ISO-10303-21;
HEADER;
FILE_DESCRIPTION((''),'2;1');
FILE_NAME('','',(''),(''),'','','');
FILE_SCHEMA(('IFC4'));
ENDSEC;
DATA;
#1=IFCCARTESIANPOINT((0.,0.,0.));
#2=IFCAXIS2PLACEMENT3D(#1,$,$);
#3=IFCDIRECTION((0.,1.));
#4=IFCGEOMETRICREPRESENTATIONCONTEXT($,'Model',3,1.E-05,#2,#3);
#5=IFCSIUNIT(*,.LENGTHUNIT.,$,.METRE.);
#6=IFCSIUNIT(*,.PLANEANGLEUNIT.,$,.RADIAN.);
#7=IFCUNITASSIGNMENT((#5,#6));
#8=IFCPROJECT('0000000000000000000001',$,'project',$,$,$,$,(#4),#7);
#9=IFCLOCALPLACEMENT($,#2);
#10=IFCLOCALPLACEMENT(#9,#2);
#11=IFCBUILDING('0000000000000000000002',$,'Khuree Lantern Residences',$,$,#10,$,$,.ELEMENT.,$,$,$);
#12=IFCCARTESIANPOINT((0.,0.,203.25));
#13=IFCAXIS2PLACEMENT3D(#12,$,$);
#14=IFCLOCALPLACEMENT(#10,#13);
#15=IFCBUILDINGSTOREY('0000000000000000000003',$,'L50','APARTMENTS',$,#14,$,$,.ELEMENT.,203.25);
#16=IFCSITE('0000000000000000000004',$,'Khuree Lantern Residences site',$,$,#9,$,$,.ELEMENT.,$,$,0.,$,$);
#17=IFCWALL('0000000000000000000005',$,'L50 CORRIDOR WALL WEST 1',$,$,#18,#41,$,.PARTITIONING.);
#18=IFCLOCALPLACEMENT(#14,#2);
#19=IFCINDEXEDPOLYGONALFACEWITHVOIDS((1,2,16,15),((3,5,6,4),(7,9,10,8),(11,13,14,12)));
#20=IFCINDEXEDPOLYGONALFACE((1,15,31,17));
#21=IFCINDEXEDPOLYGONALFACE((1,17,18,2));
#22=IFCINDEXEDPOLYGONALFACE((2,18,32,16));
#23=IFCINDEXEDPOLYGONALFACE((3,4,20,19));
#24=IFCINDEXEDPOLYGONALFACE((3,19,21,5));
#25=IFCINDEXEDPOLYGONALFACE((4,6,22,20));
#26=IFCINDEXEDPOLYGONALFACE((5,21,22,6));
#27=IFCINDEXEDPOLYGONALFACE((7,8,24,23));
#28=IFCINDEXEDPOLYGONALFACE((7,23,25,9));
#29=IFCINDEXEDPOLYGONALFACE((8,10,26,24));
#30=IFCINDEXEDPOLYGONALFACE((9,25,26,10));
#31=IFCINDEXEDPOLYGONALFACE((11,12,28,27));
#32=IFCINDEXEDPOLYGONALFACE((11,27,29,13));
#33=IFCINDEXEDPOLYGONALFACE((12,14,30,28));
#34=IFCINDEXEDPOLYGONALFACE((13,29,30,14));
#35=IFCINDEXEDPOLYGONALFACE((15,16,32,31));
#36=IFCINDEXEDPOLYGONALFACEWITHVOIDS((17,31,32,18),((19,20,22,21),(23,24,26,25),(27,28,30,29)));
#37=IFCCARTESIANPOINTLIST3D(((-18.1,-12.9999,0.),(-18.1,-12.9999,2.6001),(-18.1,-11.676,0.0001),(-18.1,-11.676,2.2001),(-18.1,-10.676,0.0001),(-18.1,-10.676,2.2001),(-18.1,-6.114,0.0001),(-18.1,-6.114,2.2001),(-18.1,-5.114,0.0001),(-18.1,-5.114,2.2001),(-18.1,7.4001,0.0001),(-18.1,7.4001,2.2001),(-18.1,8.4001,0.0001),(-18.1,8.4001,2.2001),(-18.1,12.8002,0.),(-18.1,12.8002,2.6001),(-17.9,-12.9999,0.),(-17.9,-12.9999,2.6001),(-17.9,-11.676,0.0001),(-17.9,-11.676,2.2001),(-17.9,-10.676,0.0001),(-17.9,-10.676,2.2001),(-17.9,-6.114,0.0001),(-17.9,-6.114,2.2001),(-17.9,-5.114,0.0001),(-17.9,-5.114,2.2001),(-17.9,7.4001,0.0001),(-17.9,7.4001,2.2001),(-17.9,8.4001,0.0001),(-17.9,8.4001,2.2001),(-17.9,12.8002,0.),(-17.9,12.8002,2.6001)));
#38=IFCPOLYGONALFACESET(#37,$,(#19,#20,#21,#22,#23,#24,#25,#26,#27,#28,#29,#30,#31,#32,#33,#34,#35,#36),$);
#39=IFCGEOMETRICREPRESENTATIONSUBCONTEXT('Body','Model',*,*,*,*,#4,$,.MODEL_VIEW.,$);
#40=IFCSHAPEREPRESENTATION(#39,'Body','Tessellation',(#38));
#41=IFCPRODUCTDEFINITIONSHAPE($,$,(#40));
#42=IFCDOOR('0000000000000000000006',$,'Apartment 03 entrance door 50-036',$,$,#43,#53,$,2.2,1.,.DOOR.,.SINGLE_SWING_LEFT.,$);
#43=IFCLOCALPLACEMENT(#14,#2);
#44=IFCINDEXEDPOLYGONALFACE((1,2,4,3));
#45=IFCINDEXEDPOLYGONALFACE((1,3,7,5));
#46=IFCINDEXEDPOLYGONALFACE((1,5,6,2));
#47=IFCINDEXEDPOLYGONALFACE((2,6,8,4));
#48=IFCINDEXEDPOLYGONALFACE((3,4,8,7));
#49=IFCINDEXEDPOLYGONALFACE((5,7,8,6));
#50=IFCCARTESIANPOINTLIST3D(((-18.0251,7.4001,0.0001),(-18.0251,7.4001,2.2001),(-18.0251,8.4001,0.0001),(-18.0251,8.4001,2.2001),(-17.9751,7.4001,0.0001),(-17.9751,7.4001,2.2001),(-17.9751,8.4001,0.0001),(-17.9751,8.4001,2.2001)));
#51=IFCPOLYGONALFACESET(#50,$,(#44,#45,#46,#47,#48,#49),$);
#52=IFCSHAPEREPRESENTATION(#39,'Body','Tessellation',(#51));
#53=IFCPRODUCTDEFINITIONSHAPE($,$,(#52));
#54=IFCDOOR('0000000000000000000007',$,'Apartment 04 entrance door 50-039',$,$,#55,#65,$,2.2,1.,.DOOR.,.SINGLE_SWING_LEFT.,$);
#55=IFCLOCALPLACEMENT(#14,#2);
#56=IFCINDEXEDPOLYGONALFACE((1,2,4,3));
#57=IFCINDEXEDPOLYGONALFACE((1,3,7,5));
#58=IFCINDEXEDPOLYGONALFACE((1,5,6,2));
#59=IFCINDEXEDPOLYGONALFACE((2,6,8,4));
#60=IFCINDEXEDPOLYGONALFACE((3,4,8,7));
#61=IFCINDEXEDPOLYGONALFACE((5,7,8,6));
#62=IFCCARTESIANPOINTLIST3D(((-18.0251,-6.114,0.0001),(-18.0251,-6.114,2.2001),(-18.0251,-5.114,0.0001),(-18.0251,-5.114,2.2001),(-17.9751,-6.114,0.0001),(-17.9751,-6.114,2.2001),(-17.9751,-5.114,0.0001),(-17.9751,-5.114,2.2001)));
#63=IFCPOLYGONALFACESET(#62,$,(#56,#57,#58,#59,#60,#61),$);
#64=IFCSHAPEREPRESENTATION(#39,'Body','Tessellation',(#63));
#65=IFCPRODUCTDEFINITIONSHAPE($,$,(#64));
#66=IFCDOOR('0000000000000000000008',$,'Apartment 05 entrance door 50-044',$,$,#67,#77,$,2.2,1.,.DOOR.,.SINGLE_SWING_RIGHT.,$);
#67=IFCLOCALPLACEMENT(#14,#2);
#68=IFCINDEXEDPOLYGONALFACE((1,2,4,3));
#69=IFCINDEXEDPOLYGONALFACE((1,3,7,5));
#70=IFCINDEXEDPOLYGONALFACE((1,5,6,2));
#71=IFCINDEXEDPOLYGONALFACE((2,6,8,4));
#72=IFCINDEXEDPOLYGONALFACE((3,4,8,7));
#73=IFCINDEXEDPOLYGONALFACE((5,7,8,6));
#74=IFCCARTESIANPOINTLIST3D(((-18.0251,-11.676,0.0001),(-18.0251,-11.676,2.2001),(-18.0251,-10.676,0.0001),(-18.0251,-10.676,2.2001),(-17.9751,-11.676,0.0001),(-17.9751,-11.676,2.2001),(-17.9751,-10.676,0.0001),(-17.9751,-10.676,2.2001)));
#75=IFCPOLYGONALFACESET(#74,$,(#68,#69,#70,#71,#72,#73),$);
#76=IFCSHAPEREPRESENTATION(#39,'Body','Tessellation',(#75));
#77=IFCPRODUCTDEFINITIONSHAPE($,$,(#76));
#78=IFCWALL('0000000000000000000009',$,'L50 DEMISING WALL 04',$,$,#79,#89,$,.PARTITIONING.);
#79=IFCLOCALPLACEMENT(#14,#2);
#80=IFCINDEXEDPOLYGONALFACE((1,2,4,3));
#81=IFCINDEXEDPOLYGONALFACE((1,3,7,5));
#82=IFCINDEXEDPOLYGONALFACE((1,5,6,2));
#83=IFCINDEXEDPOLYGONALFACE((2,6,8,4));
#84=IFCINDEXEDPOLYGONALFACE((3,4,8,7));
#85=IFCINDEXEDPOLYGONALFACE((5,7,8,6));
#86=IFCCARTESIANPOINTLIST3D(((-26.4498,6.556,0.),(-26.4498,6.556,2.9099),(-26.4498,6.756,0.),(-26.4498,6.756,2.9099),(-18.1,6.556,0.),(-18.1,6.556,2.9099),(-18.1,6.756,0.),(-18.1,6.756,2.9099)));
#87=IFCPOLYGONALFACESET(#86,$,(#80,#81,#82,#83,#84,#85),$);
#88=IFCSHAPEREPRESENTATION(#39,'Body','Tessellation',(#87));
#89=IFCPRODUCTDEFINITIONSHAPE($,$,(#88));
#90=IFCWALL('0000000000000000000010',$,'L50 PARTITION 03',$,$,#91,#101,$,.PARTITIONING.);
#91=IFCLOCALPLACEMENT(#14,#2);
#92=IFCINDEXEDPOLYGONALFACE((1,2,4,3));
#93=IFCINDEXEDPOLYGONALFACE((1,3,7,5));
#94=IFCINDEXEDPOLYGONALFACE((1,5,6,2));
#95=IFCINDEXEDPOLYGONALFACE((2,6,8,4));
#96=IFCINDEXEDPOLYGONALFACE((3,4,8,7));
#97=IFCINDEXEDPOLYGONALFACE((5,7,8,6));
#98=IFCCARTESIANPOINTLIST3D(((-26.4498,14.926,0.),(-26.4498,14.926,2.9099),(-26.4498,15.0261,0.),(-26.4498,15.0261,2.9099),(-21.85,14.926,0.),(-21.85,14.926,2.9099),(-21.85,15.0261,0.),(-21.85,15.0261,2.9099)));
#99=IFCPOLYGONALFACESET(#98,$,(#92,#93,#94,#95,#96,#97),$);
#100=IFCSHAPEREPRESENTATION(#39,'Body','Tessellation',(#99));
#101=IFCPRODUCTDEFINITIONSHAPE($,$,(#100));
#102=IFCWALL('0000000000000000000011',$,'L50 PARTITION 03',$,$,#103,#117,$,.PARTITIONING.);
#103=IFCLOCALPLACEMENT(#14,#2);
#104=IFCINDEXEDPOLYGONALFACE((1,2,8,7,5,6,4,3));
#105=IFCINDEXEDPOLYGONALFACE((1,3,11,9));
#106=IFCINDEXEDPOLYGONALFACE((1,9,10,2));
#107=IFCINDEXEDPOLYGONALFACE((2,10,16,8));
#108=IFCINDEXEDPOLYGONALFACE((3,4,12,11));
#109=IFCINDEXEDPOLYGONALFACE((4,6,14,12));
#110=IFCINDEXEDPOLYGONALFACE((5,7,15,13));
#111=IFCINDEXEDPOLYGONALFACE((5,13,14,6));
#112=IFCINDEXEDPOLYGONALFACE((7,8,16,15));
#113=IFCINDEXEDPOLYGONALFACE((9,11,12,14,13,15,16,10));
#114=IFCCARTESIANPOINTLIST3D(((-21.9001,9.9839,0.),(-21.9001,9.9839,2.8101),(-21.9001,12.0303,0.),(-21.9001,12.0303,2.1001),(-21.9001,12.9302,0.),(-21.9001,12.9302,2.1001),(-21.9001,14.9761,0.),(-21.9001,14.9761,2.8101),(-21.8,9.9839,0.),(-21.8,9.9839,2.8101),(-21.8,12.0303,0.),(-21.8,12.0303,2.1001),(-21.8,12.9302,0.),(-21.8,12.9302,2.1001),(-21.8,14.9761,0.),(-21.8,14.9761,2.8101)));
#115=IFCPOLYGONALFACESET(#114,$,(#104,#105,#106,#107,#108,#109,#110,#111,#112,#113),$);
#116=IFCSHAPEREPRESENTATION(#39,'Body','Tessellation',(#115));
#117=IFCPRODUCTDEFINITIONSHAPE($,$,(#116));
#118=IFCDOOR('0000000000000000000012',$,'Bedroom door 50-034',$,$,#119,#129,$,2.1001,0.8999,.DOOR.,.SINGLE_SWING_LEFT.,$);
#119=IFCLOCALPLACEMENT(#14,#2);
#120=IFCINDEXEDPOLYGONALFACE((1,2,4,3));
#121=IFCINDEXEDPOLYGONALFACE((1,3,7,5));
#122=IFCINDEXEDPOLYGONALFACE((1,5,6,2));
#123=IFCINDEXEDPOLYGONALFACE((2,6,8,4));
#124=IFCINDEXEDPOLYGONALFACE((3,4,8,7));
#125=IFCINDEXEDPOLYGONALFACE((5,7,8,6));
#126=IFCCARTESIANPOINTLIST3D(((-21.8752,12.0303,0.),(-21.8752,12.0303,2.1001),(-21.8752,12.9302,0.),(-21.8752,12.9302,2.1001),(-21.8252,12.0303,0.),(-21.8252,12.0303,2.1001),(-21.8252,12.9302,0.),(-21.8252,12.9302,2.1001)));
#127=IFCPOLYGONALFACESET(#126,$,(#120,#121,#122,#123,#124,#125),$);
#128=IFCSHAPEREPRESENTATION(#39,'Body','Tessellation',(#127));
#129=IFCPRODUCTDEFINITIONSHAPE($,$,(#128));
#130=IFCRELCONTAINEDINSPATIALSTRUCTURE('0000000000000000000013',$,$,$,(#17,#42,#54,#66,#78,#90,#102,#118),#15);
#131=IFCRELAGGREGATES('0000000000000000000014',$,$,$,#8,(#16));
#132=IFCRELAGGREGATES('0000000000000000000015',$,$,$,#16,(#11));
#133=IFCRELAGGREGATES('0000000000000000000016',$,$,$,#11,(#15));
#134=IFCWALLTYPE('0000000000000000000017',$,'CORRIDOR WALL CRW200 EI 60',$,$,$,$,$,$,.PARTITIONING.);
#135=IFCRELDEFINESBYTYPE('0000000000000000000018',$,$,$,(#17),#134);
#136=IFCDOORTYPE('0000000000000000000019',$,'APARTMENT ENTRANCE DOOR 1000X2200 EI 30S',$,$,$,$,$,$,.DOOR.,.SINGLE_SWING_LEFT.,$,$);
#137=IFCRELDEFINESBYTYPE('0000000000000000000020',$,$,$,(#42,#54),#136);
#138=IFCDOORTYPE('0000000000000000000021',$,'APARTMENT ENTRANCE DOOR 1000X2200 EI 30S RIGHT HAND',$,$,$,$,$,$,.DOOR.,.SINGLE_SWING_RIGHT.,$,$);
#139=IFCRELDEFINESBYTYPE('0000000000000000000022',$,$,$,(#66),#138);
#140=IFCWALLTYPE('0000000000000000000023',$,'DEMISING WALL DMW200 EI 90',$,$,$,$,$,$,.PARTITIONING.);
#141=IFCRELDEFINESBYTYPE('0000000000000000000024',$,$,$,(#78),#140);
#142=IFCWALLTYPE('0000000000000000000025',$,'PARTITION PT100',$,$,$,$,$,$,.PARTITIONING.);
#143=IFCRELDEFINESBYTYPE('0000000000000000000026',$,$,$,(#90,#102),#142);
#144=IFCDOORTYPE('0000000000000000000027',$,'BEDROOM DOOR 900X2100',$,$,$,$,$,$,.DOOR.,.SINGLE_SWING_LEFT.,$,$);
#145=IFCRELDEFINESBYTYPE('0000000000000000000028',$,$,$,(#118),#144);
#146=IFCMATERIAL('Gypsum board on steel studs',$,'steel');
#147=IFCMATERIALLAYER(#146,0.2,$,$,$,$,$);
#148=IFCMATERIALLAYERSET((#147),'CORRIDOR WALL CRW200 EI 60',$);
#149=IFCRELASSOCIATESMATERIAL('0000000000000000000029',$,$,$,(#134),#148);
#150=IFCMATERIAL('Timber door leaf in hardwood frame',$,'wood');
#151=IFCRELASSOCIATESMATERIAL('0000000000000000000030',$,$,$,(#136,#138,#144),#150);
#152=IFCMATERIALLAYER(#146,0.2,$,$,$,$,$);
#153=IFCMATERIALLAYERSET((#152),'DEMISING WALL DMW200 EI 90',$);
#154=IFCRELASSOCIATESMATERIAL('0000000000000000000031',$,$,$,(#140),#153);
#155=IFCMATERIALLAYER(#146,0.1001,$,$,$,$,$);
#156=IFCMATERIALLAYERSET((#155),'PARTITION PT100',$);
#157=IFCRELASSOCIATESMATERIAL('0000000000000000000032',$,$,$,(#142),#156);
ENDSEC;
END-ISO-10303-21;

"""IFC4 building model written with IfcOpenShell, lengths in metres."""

from ifc_helpers import new_model, si_unit, direction, frame, frame_2d, origin, place, context, subcontext, project, spatial, rectangle, extrude, material, layer, layer_set, type_object, element, fill, save


model = new_model("IFC4")

# Units and contexts
model_context = context("Model", 3, precision=1e-05, world=origin(), true_north=direction((0.0, 1.0)))
body_context = subcontext(model_context, "Body", "Model", "MODEL_VIEW")
ifc_project = project(units=[si_unit("LENGTHUNIT", "METRE"), si_unit("PLANEANGLEUNIT", "RADIAN")], contexts=[model_context])

# Site, building, storey
site_placement = place(None, origin())
site = spatial("IfcSite", under=ifc_project, at=site_placement, Name="Khuree Lantern Residences site", CompositionType="ELEMENT", RefElevation=0.0)
building_placement = place(site_placement, origin())
building = spatial("IfcBuilding", under=site, at=building_placement, Name="Khuree Lantern Residences", CompositionType="ELEMENT")
storey_placement = place(building_placement, frame((0.0, 0.0, 203.25)))
storey = spatial("IfcBuildingStorey", under=building, at=storey_placement, Name="L50", Description="APARTMENTS", CompositionType="ELEMENT", Elevation=203.25)

# Shared definitions
ifc_material_1 = material(Name="Timber door leaf in hardwood frame", Category="wood")

# Shared definitions
ifc_material_2 = material(Name="Gypsum board on steel studs", Category="steel")
ifc_layer_1 = layer(ifc_material_2, 0.2)
ifc_layer_set_1 = layer_set([ifc_layer_1], Name="CORRIDOR WALL CRW200 EI 60")
wall_type_1 = type_object("IfcWallType", Name="CORRIDOR WALL CRW200 EI 60", PredefinedType="PARTITIONING", material=ifc_layer_set_1)

# Wall, openings, doors
wall_1_placement = place(storey_placement, frame((-18.0, 12.8, 0.0), z_axis=(0.0, 0.0, 1.0), x_axis=(0.0, -1.0, 0.0)))
wall_1 = element("IfcWall", 1, at=wall_1_placement, inside=storey, type_object=wall_type_1, Name="L50 CORRIDOR WALL WEST 1", PredefinedType="PARTITIONING", context=body_context, shape_type="SweptSolid", body=[
    extrude(rectangle(XDim=25.8, YDim=0.2, at=frame_2d((12.8999, 0.0))), origin(), (0.0, 0.0, 1.0), 2.6001),
])
opening_1_placement = place(wall_1_placement, frame((4.3999, 0.0, 0.0)))
opening_1 = element("IfcOpeningElement", 2, at=opening_1_placement, cuts=wall_1, PredefinedType="OPENING", context=body_context, shape_type="SweptSolid", body=[
    extrude(rectangle(XDim=1.0, YDim=2.2, at=frame_2d((0.5, 1.1001))), frame((0.0, 0.1099, 0.0), z_axis=(0.0, -1.0, 0.0), x_axis=(1.0, 0.0, 0.0)), (0.0, 0.0, 1.0), 0.22),
])
opening_2_placement = place(wall_1_placement, frame((17.9141, 0.0, 0.0)))
opening_2 = element("IfcOpeningElement", 3, at=opening_2_placement, cuts=wall_1, PredefinedType="OPENING", context=body_context, shape_type="SweptSolid", body=[
    extrude(rectangle(XDim=1.0, YDim=2.2, at=frame_2d((0.5, 1.1001))), frame((0.0, 0.1099, 0.0), z_axis=(0.0, -1.0, 0.0), x_axis=(1.0, 0.0, 0.0)), (0.0, 0.0, 1.0), 0.22),
])
opening_3_placement = place(wall_1_placement, frame((23.4761, 0.0, 0.0)))
opening_3 = element("IfcOpeningElement", 4, at=opening_3_placement, cuts=wall_1, PredefinedType="OPENING", context=body_context, shape_type="SweptSolid", body=[
    extrude(rectangle(XDim=1.0, YDim=2.2, at=frame_2d((0.5, 1.1001))), frame((0.0, 0.1099, 0.0), z_axis=(0.0, -1.0, 0.0), x_axis=(1.0, 0.0, 0.0)), (0.0, 0.0, 1.0), 0.22),
])
door_type_1 = type_object("IfcDoorType", Name="APARTMENT ENTRANCE DOOR 1000X2200 EI 30S", OperationType="SINGLE_SWING_LEFT", PredefinedType="DOOR", material=ifc_material_1)
door_1_placement = place(opening_1_placement, origin())
door_1 = element("IfcDoor", 5, at=door_1_placement, inside=storey, type_object=door_type_1, Name="Apartment 03 entrance door 50-036", OperationType="SINGLE_SWING_LEFT", OverallHeight=2.2, OverallWidth=1.0, PredefinedType="DOOR", context=body_context, shape_type="SweptSolid", body=[
    extrude(rectangle(XDim=1.0, YDim=2.2, at=frame_2d((0.5, 1.1001))), frame((0.0, 0.0249, 0.0), z_axis=(0.0, -1.0, 0.0), x_axis=(1.0, 0.0, 0.0)), (0.0, 0.0, 1.0), 0.05),
])
fill(opening_1, door_1)
door_2_placement = place(opening_2_placement, origin())
door_2 = element("IfcDoor", 6, at=door_2_placement, inside=storey, type_object=door_type_1, Name="Apartment 04 entrance door 50-039", OperationType="SINGLE_SWING_LEFT", OverallHeight=2.2, OverallWidth=1.0, PredefinedType="DOOR", context=body_context, shape_type="SweptSolid", body=[
    extrude(rectangle(XDim=1.0, YDim=2.2, at=frame_2d((0.5, 1.1001))), frame((0.0, 0.0249, 0.0), z_axis=(0.0, -1.0, 0.0), x_axis=(1.0, 0.0, 0.0)), (0.0, 0.0, 1.0), 0.05),
])
fill(opening_2, door_2)
door_type_2 = type_object("IfcDoorType", Name="APARTMENT ENTRANCE DOOR 1000X2200 EI 30S RIGHT HAND", OperationType="SINGLE_SWING_RIGHT", PredefinedType="DOOR", material=ifc_material_1)
door_3_placement = place(opening_3_placement, origin())
door_3 = element("IfcDoor", 7, at=door_3_placement, inside=storey, type_object=door_type_2, Name="Apartment 05 entrance door 50-044", OperationType="SINGLE_SWING_RIGHT", OverallHeight=2.2, OverallWidth=1.0, PredefinedType="DOOR", context=body_context, shape_type="SweptSolid", body=[
    extrude(rectangle(XDim=1.0, YDim=2.2, at=frame_2d((0.5, 1.1001))), frame((0.0, 0.0249, 0.0), z_axis=(0.0, -1.0, 0.0), x_axis=(1.0, 0.0, 0.0)), (0.0, 0.0, 1.0), 0.05),
])
fill(opening_3, door_3)

# Walls
ifc_layer_2 = layer(ifc_material_2, 0.2)
ifc_layer_set_2 = layer_set([ifc_layer_2], Name="DEMISING WALL DMW200 EI 90")
wall_type_2 = type_object("IfcWallType", Name="DEMISING WALL DMW200 EI 90", PredefinedType="PARTITIONING", material=ifc_layer_set_2)
wall_2_placement = place(storey_placement, frame((-18.1001, 6.656, 0.0), z_axis=(0.0, 0.0, 1.0), x_axis=(-1.0, 0.0, 0.0)))
element("IfcWall", 8, at=wall_2_placement, inside=storey, type_object=wall_type_2, Name="L50 DEMISING WALL 04", PredefinedType="PARTITIONING", context=body_context, shape_type="SweptSolid", body=[
    extrude(rectangle(XDim=8.3499, YDim=0.2, at=frame_2d((4.1748, 0.0))), origin(), (0.0, 0.0, 1.0), 2.9099),
])
ifc_layer_3 = layer(ifc_material_2, 0.1001)
ifc_layer_set_3 = layer_set([ifc_layer_3], Name="PARTITION PT100")
wall_type_3 = type_object("IfcWallType", Name="PARTITION PT100", PredefinedType="PARTITIONING", material=ifc_layer_set_3)
wall_3_placement = place(storey_placement, frame((-21.8501, 14.9761, 0.0), z_axis=(0.0, 0.0, 1.0), x_axis=(-1.0, 0.0, 0.0)))
element("IfcWall", 9, at=wall_3_placement, inside=storey, type_object=wall_type_3, Name="L50 PARTITION 03", PredefinedType="PARTITIONING", context=body_context, shape_type="SweptSolid", body=[
    extrude(rectangle(XDim=4.5999, YDim=0.1001, at=frame_2d((2.2998, 0.0))), origin(), (0.0, 0.0, 1.0), 2.9099),
])

# Wall, opening, door
wall_4_placement = place(storey_placement, frame((-21.8501, 14.9761, 0.0), z_axis=(0.0, 0.0, 1.0), x_axis=(0.0, -1.0, 0.0)))
wall_4 = element("IfcWall", 10, at=wall_4_placement, inside=storey, type_object=wall_type_3, Name="L50 PARTITION 03", PredefinedType="PARTITIONING", context=body_context, shape_type="SweptSolid", body=[
    extrude(rectangle(XDim=4.9922, YDim=0.1001, at=frame_2d((2.4961, 0.0))), origin(), (0.0, 0.0, 1.0), 2.8101),
])
opening_4_placement = place(wall_4_placement, frame((2.0459, 0.0, 0.0)))
opening_4 = element("IfcOpeningElement", 11, at=opening_4_placement, cuts=wall_4, PredefinedType="OPENING", context=body_context, shape_type="SweptSolid", body=[
    extrude(rectangle(XDim=0.8999, YDim=2.1001, at=frame_2d((0.45, 1.05))), frame((0.0, 0.0601, 0.0), z_axis=(0.0, -1.0, 0.0), x_axis=(1.0, 0.0, 0.0)), (0.0, 0.0, 1.0), 0.1201),
])
door_type_3 = type_object("IfcDoorType", Name="BEDROOM DOOR 900X2100", OperationType="SINGLE_SWING_LEFT", PredefinedType="DOOR", material=ifc_material_1)
door_4_placement = place(opening_4_placement, origin())
door_4 = element("IfcDoor", 12, at=door_4_placement, inside=storey, type_object=door_type_3, Name="Bedroom door 50-034", OperationType="SINGLE_SWING_LEFT", OverallHeight=2.1001, OverallWidth=0.8999, PredefinedType="DOOR", context=body_context, shape_type="SweptSolid", body=[
    extrude(rectangle(XDim=0.8999, YDim=2.1001, at=frame_2d((0.45, 1.05))), frame((0.0, 0.0249, 0.0), z_axis=(0.0, -1.0, 0.0), x_axis=(1.0, 0.0, 0.0)), (0.0, 0.0, 1.0), 0.05),
])
fill(opening_4, door_4)

save(model, "model.ifc")
